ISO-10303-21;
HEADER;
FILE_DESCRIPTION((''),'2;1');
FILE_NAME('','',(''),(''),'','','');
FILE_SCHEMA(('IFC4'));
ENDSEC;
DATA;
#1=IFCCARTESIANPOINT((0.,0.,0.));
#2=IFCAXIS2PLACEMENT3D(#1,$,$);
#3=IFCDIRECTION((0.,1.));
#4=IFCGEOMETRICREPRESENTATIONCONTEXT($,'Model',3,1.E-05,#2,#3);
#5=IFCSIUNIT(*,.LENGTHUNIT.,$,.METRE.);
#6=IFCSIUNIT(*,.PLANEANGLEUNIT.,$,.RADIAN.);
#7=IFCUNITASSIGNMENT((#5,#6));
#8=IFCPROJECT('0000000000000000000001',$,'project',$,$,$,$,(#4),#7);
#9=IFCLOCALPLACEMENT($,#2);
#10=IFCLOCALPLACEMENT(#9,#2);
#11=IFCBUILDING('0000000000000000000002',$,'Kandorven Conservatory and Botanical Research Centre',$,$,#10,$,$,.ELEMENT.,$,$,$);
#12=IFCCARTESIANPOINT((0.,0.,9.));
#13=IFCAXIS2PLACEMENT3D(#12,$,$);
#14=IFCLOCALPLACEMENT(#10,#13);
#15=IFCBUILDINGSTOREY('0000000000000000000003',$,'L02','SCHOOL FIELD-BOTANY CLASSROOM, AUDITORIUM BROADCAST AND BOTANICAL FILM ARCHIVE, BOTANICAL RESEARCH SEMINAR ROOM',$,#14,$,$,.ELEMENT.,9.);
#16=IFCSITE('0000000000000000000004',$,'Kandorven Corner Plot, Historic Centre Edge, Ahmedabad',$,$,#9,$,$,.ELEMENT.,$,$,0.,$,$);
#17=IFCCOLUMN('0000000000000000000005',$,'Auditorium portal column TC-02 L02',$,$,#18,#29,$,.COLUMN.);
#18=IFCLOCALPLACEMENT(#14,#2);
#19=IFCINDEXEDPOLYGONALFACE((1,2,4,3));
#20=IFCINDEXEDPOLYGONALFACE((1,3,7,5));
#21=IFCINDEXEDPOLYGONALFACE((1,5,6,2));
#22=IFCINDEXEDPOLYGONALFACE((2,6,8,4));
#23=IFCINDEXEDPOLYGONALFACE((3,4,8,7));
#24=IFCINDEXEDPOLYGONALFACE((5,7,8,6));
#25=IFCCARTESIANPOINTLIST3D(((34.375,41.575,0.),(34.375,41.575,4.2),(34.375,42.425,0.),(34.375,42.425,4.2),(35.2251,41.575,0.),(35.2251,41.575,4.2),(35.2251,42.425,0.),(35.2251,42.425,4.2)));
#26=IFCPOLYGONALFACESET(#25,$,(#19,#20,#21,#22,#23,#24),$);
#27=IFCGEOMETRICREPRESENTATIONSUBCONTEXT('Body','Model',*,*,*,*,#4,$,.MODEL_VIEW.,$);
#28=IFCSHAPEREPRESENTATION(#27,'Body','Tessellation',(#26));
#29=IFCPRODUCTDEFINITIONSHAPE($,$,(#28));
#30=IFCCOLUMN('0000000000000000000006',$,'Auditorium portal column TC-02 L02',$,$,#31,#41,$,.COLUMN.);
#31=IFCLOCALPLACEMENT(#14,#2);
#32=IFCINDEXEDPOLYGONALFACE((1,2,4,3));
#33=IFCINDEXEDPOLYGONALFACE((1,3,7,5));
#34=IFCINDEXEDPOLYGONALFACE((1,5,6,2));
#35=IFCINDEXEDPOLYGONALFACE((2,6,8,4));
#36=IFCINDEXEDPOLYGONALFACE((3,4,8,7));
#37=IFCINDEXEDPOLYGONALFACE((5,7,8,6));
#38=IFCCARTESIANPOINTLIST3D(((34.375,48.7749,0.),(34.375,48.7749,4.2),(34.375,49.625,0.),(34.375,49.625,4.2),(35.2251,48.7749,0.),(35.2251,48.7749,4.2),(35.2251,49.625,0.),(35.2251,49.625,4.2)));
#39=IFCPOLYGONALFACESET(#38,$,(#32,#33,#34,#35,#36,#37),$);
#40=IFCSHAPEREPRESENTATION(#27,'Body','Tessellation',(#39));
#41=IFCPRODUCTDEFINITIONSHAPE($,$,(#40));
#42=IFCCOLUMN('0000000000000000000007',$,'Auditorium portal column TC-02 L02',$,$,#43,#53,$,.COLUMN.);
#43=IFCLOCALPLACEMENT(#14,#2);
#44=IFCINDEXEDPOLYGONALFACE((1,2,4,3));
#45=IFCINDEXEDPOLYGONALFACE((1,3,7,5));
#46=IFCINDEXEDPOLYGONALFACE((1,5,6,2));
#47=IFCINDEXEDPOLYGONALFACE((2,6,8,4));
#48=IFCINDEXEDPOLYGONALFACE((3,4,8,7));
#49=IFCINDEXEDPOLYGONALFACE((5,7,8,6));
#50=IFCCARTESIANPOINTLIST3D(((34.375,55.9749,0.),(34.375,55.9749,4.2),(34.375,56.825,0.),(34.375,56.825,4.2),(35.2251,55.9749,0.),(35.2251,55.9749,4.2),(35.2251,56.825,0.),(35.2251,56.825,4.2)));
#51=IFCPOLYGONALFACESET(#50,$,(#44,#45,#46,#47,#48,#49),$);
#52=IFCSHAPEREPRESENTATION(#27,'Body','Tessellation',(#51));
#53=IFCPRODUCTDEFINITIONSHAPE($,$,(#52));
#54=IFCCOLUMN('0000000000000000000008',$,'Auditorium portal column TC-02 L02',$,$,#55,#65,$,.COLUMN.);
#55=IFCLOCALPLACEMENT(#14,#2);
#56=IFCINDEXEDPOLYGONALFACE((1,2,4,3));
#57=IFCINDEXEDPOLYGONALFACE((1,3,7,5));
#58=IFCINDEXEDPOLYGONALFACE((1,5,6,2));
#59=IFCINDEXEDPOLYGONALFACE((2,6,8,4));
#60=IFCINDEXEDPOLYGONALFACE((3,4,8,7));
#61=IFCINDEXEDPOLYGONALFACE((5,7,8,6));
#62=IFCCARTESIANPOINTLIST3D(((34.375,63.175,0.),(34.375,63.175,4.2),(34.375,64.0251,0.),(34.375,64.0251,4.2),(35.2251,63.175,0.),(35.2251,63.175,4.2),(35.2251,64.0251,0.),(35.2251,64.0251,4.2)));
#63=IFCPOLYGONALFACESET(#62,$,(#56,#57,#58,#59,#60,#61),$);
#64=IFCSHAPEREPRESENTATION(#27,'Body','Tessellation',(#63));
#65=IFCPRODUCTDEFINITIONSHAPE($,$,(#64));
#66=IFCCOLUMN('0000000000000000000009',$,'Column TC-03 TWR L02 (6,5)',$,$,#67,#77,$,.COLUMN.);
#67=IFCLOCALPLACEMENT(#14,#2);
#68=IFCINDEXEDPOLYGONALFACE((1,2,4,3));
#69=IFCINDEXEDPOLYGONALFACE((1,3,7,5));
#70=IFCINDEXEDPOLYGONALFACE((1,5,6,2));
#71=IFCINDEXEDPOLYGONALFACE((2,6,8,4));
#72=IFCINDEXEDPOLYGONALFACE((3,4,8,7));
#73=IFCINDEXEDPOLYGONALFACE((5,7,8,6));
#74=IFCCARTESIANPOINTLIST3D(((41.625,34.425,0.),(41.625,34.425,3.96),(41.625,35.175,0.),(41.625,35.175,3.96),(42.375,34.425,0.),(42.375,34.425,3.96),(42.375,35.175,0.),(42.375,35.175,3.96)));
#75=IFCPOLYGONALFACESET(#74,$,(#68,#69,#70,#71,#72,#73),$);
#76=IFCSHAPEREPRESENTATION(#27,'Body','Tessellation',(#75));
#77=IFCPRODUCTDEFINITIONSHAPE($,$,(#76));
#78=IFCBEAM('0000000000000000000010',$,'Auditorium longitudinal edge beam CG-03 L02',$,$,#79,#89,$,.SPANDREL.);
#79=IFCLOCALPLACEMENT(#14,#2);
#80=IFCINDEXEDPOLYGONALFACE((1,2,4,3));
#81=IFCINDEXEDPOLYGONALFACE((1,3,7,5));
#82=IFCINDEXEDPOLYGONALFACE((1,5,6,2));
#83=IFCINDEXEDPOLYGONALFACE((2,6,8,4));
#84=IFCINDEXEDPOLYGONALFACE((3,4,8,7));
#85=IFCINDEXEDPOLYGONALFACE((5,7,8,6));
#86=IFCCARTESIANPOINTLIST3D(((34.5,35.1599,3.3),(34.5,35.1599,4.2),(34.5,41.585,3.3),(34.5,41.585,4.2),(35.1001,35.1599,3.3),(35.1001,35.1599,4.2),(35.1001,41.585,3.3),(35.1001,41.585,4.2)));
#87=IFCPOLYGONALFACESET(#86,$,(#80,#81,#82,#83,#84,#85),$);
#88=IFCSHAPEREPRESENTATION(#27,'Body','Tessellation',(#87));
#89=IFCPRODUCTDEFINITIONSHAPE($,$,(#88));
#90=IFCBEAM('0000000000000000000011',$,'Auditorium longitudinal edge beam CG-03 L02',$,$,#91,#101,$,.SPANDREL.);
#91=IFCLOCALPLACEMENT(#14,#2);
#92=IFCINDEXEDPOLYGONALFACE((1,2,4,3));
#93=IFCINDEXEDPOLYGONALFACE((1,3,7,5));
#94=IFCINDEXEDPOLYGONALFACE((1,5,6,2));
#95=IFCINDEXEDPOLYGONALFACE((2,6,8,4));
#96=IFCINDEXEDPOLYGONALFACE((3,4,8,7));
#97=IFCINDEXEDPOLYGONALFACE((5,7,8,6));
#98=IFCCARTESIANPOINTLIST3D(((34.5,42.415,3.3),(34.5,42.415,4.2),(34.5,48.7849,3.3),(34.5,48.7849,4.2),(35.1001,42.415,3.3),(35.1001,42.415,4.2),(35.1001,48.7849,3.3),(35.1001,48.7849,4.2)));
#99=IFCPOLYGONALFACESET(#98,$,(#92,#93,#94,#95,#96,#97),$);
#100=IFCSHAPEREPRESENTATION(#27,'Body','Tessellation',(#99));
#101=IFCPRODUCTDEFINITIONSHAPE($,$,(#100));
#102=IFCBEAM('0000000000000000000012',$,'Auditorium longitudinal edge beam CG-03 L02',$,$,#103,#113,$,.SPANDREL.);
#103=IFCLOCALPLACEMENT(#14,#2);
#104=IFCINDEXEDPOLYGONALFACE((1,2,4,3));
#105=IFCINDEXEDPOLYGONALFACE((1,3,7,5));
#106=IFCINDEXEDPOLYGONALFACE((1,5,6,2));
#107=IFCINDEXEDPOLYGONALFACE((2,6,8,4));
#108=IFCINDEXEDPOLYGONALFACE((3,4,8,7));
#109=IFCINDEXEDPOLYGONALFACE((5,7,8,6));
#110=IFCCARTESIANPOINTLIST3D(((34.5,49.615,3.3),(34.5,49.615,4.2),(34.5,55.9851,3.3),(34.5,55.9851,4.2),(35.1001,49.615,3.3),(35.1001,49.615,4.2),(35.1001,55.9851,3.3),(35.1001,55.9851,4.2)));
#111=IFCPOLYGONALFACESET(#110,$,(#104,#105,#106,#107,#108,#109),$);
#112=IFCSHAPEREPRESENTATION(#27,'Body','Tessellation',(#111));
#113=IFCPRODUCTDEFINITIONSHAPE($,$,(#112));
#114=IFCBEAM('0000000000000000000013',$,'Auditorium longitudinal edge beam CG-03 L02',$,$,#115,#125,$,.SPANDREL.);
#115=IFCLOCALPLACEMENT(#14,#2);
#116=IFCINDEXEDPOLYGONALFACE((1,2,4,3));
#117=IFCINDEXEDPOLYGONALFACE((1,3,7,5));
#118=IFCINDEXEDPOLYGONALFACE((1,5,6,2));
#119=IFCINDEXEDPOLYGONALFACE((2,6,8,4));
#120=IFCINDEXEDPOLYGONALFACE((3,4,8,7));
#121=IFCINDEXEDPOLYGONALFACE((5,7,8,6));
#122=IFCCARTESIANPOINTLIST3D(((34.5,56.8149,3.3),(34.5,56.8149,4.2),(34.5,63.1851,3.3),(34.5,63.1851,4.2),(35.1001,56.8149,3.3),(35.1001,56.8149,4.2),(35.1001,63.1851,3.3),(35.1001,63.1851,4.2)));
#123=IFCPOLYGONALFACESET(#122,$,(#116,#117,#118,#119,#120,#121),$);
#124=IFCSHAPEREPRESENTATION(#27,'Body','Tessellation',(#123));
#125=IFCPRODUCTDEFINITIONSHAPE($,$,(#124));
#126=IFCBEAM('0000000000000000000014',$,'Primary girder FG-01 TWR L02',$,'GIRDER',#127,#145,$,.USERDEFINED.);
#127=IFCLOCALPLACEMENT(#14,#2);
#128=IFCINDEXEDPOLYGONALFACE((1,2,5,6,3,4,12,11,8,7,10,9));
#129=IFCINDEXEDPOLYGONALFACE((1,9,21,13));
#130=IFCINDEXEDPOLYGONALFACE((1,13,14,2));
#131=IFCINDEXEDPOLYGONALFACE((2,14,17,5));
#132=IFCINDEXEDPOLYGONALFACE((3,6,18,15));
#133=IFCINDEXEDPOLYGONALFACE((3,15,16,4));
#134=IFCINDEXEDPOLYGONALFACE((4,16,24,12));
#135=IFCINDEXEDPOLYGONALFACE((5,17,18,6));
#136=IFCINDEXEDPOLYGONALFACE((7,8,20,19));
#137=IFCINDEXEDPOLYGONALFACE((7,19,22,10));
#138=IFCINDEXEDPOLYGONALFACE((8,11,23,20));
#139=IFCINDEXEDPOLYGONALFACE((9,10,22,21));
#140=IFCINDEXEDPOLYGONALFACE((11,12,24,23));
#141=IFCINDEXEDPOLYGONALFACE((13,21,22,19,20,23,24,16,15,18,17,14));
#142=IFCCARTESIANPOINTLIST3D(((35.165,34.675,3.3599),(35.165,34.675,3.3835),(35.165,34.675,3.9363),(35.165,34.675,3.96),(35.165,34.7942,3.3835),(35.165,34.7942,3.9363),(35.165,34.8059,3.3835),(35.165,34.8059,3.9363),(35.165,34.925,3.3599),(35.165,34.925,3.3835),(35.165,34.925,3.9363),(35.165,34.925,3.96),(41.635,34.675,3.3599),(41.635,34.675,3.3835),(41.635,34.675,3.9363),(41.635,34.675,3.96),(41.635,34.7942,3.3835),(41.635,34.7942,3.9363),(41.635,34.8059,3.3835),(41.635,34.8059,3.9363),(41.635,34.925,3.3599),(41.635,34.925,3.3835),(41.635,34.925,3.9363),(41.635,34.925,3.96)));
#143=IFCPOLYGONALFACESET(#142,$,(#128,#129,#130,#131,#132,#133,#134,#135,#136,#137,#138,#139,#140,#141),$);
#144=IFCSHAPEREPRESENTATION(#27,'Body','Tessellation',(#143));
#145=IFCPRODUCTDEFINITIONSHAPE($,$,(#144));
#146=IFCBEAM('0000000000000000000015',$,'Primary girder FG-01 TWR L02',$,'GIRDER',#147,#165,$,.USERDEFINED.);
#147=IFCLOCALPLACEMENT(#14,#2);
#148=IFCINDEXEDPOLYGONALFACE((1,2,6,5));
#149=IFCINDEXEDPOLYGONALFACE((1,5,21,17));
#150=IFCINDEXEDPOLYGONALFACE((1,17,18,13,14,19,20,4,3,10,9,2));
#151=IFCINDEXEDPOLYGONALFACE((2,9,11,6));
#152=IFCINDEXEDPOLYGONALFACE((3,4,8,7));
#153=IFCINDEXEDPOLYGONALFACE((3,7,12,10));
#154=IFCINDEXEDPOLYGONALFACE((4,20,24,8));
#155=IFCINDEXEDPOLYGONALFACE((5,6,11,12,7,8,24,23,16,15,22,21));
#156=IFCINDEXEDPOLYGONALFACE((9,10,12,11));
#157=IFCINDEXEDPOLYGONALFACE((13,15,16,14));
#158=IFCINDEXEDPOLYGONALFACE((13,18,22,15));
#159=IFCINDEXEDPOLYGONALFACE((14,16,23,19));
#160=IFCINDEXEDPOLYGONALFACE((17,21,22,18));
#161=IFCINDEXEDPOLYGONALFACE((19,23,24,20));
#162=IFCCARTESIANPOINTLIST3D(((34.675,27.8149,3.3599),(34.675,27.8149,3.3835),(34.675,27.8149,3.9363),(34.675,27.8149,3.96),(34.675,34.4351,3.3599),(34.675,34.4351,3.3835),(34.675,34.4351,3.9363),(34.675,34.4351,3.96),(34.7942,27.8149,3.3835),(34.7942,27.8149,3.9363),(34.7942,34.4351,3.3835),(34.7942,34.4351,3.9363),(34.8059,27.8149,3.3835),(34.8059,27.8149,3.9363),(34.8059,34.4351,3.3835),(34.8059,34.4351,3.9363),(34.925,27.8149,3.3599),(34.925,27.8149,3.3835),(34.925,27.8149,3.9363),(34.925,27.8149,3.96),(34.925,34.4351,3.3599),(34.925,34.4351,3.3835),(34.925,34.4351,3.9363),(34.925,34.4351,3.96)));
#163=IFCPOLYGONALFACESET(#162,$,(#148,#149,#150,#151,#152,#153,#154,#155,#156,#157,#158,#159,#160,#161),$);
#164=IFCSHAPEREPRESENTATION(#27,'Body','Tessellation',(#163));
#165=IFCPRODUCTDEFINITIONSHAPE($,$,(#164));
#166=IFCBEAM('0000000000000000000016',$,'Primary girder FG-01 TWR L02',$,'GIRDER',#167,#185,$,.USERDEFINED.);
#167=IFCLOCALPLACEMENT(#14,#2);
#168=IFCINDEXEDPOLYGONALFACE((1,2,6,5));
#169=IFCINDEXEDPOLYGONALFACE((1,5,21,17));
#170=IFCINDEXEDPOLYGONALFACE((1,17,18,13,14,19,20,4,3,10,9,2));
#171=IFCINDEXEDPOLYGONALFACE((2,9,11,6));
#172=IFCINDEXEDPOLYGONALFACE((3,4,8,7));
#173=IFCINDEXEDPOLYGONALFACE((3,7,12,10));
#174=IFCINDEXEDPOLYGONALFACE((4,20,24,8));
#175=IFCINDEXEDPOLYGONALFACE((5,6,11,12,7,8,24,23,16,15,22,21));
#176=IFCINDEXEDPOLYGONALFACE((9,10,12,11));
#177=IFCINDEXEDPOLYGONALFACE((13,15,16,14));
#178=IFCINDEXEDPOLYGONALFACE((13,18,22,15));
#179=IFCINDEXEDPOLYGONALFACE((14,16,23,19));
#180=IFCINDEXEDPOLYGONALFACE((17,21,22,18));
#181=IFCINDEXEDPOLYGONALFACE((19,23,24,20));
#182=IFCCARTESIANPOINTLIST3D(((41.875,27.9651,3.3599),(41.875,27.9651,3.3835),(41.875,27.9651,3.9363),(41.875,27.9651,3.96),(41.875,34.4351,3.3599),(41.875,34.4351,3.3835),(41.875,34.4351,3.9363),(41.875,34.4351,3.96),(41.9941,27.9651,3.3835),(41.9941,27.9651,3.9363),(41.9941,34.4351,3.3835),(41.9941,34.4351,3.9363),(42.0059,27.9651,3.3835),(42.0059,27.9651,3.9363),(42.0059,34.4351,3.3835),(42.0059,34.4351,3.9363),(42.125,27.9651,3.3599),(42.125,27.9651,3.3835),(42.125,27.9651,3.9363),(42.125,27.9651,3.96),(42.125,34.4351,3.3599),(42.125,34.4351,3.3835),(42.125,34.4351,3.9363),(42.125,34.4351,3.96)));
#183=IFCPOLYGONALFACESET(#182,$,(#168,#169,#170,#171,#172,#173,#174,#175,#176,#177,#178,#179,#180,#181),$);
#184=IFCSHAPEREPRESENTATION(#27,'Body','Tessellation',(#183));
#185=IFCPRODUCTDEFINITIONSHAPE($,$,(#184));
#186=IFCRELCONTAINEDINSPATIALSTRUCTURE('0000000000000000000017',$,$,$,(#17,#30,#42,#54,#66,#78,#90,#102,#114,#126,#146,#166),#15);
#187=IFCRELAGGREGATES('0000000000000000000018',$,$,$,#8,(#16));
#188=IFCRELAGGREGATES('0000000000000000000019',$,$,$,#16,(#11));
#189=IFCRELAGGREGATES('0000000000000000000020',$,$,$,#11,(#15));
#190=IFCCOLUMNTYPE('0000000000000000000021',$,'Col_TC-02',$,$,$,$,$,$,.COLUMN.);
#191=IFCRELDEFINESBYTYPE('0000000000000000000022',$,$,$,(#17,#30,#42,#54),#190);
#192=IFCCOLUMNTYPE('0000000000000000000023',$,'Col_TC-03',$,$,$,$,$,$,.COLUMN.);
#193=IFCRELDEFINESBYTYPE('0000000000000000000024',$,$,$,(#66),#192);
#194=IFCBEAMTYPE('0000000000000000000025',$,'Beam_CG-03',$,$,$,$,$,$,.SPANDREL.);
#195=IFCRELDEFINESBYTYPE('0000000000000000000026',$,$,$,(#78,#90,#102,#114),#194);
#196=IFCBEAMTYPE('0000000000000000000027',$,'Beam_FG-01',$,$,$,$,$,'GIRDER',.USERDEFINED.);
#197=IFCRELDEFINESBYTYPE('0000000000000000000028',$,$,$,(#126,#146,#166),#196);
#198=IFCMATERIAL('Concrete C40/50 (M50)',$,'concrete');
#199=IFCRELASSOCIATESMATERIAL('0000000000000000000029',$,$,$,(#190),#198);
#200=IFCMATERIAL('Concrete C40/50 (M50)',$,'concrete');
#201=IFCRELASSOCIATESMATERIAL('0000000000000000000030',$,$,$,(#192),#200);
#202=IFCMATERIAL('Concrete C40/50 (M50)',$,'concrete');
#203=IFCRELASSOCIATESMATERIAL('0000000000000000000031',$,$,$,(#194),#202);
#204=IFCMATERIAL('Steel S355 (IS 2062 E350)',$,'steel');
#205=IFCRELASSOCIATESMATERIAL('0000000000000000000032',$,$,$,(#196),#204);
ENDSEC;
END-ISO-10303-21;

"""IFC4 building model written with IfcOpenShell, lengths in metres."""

from ifc_helpers import new_model, si_unit, direction, frame, origin, origin_2d, place, context, subcontext, project, spatial, rectangle, i_section, extrude, material, material_profile, profile_set, type_object, element, save


model = new_model("IFC4")

# Units and contexts
model_context = context("Model", 3, precision=1e-05, world=origin(), true_north=direction((0.0, 1.0)))
body_context = subcontext(model_context, "Body", "Model", "MODEL_VIEW")
ifc_project = project(units=[si_unit("LENGTHUNIT", "METRE"), si_unit("PLANEANGLEUNIT", "RADIAN")], contexts=[model_context])

# Site, building, storey
site_placement = place(None, origin())
site = spatial("IfcSite", under=ifc_project, at=site_placement, Name="Kandorven Corner Plot, Historic Centre Edge, Ahmedabad", CompositionType="ELEMENT", RefElevation=0.0)
building_placement = place(site_placement, origin())
building = spatial("IfcBuilding", under=site, at=building_placement, Name="Kandorven Conservatory and Botanical Research Centre", CompositionType="ELEMENT")
storey_placement = place(building_placement, frame((0.0, 0.0, 9.0)))
storey = spatial("IfcBuildingStorey", under=building, at=storey_placement, Name="L02", Description="SCHOOL FIELD-BOTANY CLASSROOM, AUDITORIUM BROADCAST AND BOTANICAL FILM ARCHIVE, BOTANICAL RESEARCH SEMINAR ROOM", CompositionType="ELEMENT", Elevation=9.0)

# Columns
ifc_material_1 = material(Name="Concrete C40/50 (M50)", Category="concrete")
ifc_material_profile_1 = material_profile(ifc_material_1, rectangle(XDim=0.8501, YDim=0.8501, at=origin_2d()))
ifc_profile_set_1 = profile_set([ifc_material_profile_1], Name="Concrete C40/50 (M50)")
column_type_1 = type_object("IfcColumnType", Name="Col_TC-02", PredefinedType="COLUMN", material=ifc_profile_set_1)
for number, where, z_axis, x_axis, name in (
    (1, (34.8, 42.0, 0.0), (0.0, 0.0, 1.0), (1.0, 0.0, 0.0), "Auditorium portal column TC-02 L02"),
    (2, (34.8, 49.2, 0.0), (0.0, 0.0, 1.0), (1.0, 0.0, 0.0), "Auditorium portal column TC-02 L02"),
    (3, (34.8, 56.3999, 0.0), (0.0, 0.0, 1.0), (1.0, 0.0, 0.0), "Auditorium portal column TC-02 L02"),
    (4, (34.8, 63.6001, 0.0), (0.0, 0.0, 1.0), (1.0, 0.0, 0.0), "Auditorium portal column TC-02 L02"),
):
    element("IfcColumn", number, at=place(storey_placement, frame(where, z_axis=z_axis, x_axis=x_axis)), inside=storey, type_object=column_type_1, Name=name, PredefinedType="COLUMN", context=body_context, shape_type="SweptSolid", body=[
        extrude(rectangle(XDim=0.8501, YDim=0.8501, at=origin_2d()), origin(), (0.0, 0.0, 1.0), 4.2),
    ])
ifc_material_2 = material(Name="Concrete C40/50 (M50)", Category="concrete")
ifc_material_profile_2 = material_profile(ifc_material_2, rectangle(XDim=0.75, YDim=0.75, at=origin_2d()))
ifc_profile_set_2 = profile_set([ifc_material_profile_2], Name="Concrete C40/50 (M50)")
column_type_2 = type_object("IfcColumnType", Name="Col_TC-03", PredefinedType="COLUMN", material=ifc_profile_set_2)
column_placement = place(storey_placement, frame((42.0, 34.8, 0.0), z_axis=(0.0, 0.0, 1.0), x_axis=(1.0, 0.0, 0.0)))
element("IfcColumn", 5, at=column_placement, inside=storey, type_object=column_type_2, Name="Column TC-03 TWR L02 (6,5)", PredefinedType="COLUMN", context=body_context, shape_type="SweptSolid", body=[
    extrude(rectangle(XDim=0.75, YDim=0.75, at=origin_2d()), origin(), (0.0, 0.0, 1.0), 3.96),
])

# Beams
ifc_material_3 = material(Name="Concrete C40/50 (M50)", Category="concrete")
ifc_material_profile_3 = material_profile(ifc_material_3, rectangle(XDim=0.6001, YDim=0.8999, at=origin_2d()))
ifc_profile_set_3 = profile_set([ifc_material_profile_3], Name="Concrete C40/50 (M50)")
beam_type_1 = type_object("IfcBeamType", Name="Beam_CG-03", PredefinedType="SPANDREL", material=ifc_profile_set_3)
beam_1_placement = place(storey_placement, frame((34.8, 35.1599, 3.75), z_axis=(0.0, 1.0, 0.0), x_axis=(-1.0, 0.0, 0.0)))
element("IfcBeam", 6, at=beam_1_placement, inside=storey, type_object=beam_type_1, Name="Auditorium longitudinal edge beam CG-03 L02", PredefinedType="SPANDREL", context=body_context, shape_type="SweptSolid", body=[
    extrude(rectangle(XDim=0.6001, YDim=0.8999, at=origin_2d()), origin(), (0.0, 0.0, 1.0), 6.425),
])
beam_2_placement = place(storey_placement, frame((34.8, 42.415, 3.75), z_axis=(0.0, 1.0, 0.0), x_axis=(-1.0, 0.0, 0.0)))
element("IfcBeam", 7, at=beam_2_placement, inside=storey, type_object=beam_type_1, Name="Auditorium longitudinal edge beam CG-03 L02", PredefinedType="SPANDREL", context=body_context, shape_type="SweptSolid", body=[
    extrude(rectangle(XDim=0.6001, YDim=0.8999, at=origin_2d()), origin(), (0.0, 0.0, 1.0), 6.3699),
])
for number, where, z_axis, x_axis, name in (
    (8, (34.8, 49.615, 3.75), (0.0, 1.0, 0.0), (-1.0, 0.0, 0.0), "Auditorium longitudinal edge beam CG-03 L02"),
    (9, (34.8, 56.8149, 3.75), (0.0, 1.0, 0.0), (-1.0, 0.0, 0.0), "Auditorium longitudinal edge beam CG-03 L02"),
):
    element("IfcBeam", number, at=place(storey_placement, frame(where, z_axis=z_axis, x_axis=x_axis)), inside=storey, type_object=beam_type_1, Name=name, PredefinedType="SPANDREL", context=body_context, shape_type="SweptSolid", body=[
        extrude(rectangle(XDim=0.6001, YDim=0.8999, at=origin_2d()), origin(), (0.0, 0.0, 1.0), 6.3701),
    ])
ifc_material_4 = material(Name="Steel S355 (IS 2062 E350)", Category="steel")
ifc_material_profile_4 = material_profile(ifc_material_4, i_section(OverallWidth=0.25, OverallDepth=0.6001, WebThickness=0.0117, FlangeThickness=0.0237, at=origin_2d()))
ifc_profile_set_4 = profile_set([ifc_material_profile_4], Name="Steel S355 (IS 2062 E350)")
beam_type_2 = type_object("IfcBeamType", Name="Beam_FG-01", ElementType="GIRDER", PredefinedType="USERDEFINED", material=ifc_profile_set_4)
beam_3_placement = place(storey_placement, frame((35.165, 34.8, 3.6599), z_axis=(1.0, 0.0, 0.0), x_axis=(0.0, 1.0, 0.0)))
element("IfcBeam", 10, at=beam_3_placement, inside=storey, type_object=beam_type_2, Name="Primary girder FG-01 TWR L02", ObjectType="GIRDER", PredefinedType="USERDEFINED", context=body_context, shape_type="SweptSolid", body=[
    extrude(i_section(OverallWidth=0.25, OverallDepth=0.6001, WebThickness=0.0117, FlangeThickness=0.0237, at=origin_2d()), origin(), (0.0, 0.0, 1.0), 6.47),
])
beam_4_placement = place(storey_placement, frame((34.8, 27.8149, 3.6599), z_axis=(0.0, 1.0, 0.0), x_axis=(-1.0, 0.0, 0.0)))
element("IfcBeam", 11, at=beam_4_placement, inside=storey, type_object=beam_type_2, Name="Primary girder FG-01 TWR L02", ObjectType="GIRDER", PredefinedType="USERDEFINED", context=body_context, shape_type="SweptSolid", body=[
    extrude(i_section(OverallWidth=0.25, OverallDepth=0.6001, WebThickness=0.0117, FlangeThickness=0.0237, at=origin_2d()), origin(), (0.0, 0.0, 1.0), 6.6201),
])
beam_5_placement = place(storey_placement, frame((42.0, 27.9651, 3.6599), z_axis=(0.0, 1.0, 0.0), x_axis=(-1.0, 0.0, 0.0)))
element("IfcBeam", 12, at=beam_5_placement, inside=storey, type_object=beam_type_2, Name="Primary girder FG-01 TWR L02", ObjectType="GIRDER", PredefinedType="USERDEFINED", context=body_context, shape_type="SweptSolid", body=[
    extrude(i_section(OverallWidth=0.25, OverallDepth=0.6001, WebThickness=0.0117, FlangeThickness=0.0237, at=origin_2d()), origin(), (0.0, 0.0, 1.0), 6.47),
])

save(model, "model.ifc")
